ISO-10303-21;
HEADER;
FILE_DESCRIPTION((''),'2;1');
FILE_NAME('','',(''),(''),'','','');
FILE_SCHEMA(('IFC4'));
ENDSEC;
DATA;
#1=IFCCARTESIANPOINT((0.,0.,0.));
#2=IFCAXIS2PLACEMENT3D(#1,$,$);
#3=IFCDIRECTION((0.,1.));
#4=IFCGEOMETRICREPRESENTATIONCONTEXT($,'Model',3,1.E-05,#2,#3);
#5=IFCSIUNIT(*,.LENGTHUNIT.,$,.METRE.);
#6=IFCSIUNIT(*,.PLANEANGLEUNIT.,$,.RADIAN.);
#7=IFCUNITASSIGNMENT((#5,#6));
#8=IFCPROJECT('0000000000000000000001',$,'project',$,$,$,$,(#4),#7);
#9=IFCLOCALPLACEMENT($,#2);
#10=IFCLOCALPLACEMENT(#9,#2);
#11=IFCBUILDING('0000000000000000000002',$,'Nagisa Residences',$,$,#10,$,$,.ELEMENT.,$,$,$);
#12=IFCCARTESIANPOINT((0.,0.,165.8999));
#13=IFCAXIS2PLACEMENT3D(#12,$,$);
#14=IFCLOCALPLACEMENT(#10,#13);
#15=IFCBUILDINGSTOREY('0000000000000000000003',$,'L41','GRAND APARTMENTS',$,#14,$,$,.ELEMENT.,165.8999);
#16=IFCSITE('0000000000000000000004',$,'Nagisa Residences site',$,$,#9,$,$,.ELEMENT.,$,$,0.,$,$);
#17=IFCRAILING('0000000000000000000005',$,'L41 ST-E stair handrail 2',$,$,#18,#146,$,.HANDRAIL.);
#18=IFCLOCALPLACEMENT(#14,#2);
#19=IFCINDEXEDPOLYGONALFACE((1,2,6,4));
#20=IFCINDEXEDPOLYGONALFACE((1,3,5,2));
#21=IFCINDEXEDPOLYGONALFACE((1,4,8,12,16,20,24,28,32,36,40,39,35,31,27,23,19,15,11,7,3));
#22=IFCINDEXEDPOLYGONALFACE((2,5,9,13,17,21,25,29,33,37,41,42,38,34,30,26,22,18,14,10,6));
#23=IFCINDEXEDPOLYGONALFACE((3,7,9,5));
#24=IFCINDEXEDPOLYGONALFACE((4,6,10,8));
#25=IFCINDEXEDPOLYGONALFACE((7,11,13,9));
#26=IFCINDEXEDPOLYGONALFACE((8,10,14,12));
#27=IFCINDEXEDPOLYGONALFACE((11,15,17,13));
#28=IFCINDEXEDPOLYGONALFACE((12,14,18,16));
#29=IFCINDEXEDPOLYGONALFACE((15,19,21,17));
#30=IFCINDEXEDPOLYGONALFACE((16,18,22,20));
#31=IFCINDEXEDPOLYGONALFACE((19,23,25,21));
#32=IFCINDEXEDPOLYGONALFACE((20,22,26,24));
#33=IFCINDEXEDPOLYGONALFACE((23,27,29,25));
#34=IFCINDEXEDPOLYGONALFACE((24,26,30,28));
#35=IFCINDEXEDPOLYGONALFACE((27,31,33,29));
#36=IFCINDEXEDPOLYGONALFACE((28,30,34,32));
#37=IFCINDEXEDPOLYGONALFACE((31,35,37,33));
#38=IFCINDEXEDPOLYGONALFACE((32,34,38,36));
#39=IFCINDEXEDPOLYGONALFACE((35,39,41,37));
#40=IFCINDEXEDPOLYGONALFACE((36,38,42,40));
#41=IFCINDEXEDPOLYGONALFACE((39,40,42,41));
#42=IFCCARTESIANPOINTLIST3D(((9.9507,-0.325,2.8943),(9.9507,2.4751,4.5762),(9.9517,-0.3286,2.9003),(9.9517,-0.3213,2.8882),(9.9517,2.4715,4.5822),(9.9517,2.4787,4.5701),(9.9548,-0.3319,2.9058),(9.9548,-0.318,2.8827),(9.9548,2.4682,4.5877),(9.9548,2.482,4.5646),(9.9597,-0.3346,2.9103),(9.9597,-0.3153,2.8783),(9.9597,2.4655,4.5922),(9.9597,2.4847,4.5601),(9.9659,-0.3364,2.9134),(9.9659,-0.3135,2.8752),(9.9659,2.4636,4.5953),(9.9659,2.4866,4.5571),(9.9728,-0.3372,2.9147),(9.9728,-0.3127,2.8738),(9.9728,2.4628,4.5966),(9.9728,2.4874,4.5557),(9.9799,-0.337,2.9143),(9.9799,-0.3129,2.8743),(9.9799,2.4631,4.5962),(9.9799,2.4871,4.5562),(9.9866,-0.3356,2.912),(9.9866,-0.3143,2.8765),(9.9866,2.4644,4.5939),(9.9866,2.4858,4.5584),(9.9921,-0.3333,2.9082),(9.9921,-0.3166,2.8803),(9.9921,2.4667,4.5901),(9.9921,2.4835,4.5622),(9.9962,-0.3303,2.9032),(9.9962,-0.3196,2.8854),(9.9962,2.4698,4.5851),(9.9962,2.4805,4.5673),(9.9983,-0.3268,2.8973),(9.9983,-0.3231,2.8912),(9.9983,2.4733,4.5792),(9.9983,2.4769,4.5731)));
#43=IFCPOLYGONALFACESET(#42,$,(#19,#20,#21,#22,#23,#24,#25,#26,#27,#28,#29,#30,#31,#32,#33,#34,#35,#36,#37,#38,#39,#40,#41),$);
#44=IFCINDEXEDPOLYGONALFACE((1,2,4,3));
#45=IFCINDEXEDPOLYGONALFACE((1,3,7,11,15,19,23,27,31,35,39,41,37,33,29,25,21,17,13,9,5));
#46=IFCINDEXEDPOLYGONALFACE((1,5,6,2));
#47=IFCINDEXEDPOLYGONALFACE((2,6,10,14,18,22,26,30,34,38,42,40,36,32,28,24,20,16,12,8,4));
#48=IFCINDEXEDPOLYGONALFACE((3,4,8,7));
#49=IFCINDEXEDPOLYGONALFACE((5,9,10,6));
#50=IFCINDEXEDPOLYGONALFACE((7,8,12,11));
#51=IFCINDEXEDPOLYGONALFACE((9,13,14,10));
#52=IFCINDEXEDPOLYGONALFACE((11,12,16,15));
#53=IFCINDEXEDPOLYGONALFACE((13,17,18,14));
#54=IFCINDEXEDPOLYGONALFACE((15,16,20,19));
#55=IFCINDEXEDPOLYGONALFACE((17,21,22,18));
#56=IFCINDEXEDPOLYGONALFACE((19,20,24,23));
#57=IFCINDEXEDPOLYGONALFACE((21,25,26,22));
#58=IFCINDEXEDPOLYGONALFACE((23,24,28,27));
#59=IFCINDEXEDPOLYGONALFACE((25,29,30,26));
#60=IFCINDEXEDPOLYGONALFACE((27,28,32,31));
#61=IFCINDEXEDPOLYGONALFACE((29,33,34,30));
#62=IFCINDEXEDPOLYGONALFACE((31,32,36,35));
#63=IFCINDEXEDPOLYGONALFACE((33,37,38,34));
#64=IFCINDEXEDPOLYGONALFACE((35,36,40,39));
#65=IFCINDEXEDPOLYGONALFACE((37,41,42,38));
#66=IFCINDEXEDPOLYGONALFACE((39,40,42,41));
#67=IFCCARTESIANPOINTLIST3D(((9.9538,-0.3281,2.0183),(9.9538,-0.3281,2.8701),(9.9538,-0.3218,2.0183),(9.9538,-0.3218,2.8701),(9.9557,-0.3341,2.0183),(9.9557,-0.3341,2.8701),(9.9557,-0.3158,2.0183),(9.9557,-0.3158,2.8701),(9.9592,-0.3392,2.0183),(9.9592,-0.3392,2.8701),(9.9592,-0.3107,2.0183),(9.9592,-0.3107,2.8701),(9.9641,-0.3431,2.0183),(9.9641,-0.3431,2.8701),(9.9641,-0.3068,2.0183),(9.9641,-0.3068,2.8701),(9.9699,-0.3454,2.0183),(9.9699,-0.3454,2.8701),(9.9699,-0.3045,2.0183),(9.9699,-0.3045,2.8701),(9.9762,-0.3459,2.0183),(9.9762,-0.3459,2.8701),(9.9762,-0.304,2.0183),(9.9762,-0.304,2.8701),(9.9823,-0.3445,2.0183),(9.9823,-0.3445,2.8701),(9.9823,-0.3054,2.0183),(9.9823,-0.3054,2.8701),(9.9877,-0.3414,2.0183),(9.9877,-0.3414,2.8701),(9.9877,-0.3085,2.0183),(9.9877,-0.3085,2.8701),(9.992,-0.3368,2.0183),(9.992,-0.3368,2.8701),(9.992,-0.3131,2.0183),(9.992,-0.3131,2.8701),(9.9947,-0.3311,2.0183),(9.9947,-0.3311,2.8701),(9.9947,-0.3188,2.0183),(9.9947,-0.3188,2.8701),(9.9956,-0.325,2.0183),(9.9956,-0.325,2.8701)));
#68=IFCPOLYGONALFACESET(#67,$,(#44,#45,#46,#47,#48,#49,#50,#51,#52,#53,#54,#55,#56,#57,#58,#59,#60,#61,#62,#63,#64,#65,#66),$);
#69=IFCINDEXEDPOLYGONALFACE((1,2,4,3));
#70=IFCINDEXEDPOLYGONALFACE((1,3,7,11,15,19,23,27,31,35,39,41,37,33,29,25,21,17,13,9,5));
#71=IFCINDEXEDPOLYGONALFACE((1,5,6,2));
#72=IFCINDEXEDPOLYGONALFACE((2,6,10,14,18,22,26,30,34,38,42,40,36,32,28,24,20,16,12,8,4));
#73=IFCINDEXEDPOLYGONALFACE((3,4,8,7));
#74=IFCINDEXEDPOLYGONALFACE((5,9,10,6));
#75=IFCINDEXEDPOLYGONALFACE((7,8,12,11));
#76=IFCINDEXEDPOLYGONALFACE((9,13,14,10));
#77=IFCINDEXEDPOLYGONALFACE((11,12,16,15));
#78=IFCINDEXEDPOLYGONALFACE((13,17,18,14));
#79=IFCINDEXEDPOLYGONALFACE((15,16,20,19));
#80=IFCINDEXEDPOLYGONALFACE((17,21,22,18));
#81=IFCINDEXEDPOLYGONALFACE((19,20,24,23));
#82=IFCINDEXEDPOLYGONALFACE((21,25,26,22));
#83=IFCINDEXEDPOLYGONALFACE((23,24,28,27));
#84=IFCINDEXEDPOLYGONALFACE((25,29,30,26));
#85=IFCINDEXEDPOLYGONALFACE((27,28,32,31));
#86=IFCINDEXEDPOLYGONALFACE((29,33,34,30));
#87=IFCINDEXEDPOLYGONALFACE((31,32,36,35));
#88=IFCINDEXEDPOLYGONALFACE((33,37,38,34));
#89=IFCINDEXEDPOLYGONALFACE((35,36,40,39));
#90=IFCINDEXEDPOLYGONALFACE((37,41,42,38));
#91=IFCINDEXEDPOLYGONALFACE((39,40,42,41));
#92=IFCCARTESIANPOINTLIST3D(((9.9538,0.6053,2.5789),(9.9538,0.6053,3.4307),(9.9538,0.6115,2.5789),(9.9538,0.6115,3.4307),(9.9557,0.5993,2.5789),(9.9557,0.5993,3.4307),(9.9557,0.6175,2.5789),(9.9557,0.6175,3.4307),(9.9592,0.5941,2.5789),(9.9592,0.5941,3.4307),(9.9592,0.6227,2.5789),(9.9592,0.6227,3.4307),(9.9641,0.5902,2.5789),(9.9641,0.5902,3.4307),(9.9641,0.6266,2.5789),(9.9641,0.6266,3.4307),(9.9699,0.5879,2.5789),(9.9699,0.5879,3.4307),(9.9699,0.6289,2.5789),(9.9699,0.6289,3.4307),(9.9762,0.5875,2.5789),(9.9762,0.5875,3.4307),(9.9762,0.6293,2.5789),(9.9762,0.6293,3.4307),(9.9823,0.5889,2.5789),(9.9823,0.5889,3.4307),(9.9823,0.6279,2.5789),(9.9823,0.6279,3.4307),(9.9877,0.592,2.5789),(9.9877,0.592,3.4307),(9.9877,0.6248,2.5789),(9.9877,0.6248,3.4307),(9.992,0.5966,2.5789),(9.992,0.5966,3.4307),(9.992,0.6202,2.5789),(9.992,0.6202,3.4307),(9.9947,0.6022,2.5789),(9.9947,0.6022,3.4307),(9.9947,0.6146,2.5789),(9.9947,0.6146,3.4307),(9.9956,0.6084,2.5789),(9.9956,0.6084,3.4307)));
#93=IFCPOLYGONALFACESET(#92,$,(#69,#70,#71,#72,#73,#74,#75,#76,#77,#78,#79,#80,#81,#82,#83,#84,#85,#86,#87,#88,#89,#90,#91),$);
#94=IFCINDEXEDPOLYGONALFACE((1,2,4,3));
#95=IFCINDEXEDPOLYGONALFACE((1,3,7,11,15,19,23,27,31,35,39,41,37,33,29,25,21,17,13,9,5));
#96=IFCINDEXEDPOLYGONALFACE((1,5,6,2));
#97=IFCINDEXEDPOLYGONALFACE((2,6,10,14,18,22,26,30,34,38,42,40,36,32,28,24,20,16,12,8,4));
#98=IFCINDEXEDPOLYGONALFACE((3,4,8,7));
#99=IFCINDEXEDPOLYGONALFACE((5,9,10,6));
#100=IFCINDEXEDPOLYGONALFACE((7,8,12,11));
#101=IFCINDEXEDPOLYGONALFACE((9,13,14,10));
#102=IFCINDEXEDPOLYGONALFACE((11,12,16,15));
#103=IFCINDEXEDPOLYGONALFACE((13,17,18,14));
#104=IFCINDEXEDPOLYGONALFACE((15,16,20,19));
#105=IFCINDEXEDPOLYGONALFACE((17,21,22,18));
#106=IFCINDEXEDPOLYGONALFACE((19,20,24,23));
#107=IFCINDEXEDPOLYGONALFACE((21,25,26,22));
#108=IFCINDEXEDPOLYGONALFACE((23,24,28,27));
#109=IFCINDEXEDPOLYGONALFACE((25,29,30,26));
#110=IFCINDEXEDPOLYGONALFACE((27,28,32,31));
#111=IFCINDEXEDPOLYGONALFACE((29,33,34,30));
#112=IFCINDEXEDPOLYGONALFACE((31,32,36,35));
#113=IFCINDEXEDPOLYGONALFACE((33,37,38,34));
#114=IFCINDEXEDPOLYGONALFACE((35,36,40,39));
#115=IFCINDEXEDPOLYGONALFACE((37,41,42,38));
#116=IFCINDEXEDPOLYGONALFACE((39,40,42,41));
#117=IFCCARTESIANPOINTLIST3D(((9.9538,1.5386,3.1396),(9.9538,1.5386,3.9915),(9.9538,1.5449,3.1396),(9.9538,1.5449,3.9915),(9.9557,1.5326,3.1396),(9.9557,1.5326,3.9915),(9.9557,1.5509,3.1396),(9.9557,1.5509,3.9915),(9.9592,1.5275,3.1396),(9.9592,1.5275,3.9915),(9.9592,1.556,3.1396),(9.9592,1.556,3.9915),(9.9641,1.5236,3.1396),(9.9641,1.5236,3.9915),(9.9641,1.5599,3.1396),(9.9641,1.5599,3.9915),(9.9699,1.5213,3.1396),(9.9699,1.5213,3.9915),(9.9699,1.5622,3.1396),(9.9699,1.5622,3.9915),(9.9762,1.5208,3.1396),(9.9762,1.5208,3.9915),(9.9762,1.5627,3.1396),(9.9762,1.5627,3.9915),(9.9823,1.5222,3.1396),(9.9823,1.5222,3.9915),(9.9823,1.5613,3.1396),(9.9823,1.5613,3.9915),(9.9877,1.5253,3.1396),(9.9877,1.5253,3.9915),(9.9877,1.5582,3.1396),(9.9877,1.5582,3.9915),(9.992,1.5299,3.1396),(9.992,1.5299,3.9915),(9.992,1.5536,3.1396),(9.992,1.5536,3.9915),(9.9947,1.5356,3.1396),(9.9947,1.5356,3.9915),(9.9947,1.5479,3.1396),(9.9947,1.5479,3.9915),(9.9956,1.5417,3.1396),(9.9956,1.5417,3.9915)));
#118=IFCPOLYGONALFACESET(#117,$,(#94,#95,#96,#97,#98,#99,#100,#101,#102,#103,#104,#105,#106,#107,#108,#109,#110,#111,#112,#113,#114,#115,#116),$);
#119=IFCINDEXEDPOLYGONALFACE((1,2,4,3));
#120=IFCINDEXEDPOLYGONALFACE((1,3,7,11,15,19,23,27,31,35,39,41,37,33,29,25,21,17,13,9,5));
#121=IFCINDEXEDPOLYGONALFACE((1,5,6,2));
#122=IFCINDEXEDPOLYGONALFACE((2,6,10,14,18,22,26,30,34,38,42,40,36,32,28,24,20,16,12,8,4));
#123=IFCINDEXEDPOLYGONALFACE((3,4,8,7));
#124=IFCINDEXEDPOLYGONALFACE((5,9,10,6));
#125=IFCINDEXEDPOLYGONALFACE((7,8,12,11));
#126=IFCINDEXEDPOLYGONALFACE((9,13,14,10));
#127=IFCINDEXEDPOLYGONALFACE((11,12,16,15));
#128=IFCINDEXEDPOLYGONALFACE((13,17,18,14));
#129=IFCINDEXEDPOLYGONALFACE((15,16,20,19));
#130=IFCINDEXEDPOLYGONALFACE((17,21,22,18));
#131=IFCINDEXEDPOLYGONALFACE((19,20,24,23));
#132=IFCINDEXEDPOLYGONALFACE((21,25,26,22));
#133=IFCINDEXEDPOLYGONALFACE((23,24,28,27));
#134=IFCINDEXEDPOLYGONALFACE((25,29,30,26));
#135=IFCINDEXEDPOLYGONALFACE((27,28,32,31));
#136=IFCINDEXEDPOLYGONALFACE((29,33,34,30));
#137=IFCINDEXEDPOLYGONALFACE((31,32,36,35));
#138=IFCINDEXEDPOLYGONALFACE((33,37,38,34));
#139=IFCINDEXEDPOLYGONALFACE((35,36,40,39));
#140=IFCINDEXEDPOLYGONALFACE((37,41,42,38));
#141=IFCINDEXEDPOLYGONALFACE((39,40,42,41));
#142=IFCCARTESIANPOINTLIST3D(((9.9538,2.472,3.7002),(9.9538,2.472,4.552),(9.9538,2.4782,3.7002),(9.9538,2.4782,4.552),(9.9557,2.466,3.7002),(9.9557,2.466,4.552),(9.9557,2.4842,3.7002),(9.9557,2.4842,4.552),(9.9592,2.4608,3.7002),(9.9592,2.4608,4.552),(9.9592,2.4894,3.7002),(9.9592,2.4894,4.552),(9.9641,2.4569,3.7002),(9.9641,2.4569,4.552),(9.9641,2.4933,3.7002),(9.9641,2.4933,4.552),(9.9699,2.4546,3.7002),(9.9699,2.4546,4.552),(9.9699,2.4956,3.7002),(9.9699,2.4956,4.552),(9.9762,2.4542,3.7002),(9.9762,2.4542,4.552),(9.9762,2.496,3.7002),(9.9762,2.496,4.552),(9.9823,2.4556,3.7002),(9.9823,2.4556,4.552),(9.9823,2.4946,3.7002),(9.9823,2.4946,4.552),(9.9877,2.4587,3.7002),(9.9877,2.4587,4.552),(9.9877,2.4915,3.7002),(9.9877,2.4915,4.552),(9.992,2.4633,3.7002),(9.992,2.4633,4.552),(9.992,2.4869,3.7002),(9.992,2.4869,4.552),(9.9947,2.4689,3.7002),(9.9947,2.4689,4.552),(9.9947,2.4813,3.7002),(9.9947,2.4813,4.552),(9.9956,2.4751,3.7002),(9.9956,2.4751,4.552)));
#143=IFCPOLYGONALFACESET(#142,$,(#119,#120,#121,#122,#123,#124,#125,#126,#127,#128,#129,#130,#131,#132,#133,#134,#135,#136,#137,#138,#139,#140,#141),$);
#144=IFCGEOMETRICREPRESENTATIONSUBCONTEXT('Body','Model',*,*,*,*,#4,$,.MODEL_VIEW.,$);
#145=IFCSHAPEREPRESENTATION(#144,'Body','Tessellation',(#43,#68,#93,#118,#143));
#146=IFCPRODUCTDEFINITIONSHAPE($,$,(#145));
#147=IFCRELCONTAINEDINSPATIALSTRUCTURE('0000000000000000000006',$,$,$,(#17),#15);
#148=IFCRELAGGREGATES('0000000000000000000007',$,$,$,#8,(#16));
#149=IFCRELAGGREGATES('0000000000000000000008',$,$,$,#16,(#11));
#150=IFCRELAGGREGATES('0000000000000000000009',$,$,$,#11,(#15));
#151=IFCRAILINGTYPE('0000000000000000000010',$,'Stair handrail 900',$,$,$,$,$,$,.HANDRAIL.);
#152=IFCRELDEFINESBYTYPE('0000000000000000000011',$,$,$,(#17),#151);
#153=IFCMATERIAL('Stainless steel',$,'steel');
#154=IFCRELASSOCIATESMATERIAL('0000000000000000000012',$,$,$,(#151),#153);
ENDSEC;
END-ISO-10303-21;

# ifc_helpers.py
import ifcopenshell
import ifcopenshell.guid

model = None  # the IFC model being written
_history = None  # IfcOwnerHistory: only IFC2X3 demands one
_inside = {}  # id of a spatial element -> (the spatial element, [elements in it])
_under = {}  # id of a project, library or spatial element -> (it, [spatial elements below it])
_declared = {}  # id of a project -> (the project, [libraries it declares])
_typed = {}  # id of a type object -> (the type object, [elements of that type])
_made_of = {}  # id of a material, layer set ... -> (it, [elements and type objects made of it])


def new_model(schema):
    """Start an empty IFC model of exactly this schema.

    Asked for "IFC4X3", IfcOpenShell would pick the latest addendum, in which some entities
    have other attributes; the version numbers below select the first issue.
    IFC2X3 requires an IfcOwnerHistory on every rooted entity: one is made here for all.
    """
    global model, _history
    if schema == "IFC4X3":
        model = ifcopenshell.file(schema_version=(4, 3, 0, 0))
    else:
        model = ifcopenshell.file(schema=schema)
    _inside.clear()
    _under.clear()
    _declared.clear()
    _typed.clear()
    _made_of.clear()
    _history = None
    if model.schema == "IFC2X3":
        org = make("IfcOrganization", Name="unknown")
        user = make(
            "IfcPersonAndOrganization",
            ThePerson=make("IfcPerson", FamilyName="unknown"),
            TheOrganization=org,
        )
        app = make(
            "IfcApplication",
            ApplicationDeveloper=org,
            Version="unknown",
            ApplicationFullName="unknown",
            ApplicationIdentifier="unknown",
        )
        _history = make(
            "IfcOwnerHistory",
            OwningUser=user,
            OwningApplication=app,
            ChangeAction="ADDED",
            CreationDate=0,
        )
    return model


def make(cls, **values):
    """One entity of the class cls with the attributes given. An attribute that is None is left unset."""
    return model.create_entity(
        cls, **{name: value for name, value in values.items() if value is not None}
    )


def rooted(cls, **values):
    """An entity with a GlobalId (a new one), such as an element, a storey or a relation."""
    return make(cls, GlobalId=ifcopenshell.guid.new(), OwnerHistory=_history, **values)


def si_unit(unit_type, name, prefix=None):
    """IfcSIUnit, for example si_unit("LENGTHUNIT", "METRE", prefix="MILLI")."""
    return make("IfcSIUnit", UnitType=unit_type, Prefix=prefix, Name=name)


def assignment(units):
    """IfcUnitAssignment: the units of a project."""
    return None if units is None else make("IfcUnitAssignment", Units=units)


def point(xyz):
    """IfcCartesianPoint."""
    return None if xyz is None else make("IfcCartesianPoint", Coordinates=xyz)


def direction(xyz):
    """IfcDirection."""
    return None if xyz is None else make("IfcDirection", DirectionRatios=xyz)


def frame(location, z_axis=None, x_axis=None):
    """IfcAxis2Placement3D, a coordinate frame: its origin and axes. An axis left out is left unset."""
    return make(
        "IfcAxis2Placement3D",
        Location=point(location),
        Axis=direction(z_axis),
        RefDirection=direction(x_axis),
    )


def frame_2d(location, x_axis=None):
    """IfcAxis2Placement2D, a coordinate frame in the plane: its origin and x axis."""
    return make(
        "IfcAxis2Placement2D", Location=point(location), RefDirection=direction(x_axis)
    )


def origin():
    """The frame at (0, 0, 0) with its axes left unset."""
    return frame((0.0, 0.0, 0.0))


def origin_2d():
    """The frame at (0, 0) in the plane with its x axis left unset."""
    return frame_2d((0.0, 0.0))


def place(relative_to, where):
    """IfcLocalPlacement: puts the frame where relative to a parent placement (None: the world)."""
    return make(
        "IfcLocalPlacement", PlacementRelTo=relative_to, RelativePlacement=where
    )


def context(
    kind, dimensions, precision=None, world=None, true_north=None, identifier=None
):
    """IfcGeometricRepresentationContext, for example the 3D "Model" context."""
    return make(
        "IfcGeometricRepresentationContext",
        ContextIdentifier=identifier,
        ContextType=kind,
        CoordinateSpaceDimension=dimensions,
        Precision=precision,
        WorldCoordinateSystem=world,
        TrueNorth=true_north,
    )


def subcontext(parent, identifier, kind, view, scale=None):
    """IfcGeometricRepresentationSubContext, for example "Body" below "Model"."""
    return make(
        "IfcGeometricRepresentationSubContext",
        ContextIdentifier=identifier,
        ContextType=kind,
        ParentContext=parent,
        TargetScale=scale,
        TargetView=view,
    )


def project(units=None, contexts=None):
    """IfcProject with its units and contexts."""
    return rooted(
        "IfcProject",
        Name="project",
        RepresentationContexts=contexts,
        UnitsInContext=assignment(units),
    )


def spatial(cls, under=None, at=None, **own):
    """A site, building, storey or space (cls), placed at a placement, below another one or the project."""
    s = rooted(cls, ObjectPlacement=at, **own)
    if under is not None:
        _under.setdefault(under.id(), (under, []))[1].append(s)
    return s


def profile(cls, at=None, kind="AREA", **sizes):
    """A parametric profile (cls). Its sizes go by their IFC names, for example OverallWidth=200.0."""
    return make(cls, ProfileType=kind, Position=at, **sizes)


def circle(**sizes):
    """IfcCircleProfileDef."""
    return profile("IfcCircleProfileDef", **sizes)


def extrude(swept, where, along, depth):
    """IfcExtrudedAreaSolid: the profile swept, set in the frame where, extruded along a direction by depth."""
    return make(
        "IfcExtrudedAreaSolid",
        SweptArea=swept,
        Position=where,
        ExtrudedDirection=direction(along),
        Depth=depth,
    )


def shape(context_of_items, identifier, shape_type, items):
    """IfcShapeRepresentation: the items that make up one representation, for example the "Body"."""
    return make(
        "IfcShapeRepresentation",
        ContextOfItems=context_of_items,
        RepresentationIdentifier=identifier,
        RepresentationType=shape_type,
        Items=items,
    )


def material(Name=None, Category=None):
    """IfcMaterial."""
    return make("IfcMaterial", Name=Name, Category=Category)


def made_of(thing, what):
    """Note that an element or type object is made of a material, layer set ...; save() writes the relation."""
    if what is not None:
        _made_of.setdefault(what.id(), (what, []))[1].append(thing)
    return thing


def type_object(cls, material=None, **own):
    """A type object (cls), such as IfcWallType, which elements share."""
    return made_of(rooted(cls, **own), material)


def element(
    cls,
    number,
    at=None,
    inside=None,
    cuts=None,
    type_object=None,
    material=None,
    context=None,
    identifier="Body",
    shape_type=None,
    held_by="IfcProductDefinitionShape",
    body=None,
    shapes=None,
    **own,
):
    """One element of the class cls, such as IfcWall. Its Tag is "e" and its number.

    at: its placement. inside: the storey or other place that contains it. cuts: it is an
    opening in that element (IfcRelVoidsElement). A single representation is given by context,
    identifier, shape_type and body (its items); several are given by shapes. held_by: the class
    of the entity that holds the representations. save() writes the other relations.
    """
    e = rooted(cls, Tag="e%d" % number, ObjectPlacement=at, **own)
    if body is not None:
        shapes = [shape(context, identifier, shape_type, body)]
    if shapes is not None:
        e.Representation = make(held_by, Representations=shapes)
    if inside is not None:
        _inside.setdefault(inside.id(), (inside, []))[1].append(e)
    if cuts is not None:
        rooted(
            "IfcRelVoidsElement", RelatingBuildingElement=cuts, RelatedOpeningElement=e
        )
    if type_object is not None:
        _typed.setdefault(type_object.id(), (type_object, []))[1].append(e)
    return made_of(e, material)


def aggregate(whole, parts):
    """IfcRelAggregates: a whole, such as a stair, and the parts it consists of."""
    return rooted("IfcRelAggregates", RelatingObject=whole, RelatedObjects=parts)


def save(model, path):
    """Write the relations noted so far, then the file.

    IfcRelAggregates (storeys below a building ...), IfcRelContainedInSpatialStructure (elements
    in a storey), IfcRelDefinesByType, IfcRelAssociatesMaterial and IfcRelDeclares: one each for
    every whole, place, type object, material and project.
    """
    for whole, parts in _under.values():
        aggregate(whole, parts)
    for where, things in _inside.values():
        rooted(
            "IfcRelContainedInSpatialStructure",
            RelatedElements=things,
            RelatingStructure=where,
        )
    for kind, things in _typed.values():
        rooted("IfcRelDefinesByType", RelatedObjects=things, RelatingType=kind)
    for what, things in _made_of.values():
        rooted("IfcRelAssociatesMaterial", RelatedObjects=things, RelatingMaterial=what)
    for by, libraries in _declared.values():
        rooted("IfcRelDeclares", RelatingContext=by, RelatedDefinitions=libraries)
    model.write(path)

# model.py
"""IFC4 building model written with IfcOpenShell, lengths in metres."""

from ifc_helpers import new_model, si_unit, direction, frame, origin, origin_2d, place, context, subcontext, project, spatial, circle, extrude, material, type_object, element, save


model = new_model("IFC4")

# Units and contexts
model_context = context("Model", 3, precision=1e-05, world=origin(), true_north=direction((0.0, 1.0)))
body_context = subcontext(model_context, "Body", "Model", "MODEL_VIEW")
ifc_project = project(units=[si_unit("LENGTHUNIT", "METRE"), si_unit("PLANEANGLEUNIT", "RADIAN")], contexts=[model_context])

# Site, building, storey
site_placement = place(None, origin())
site = spatial("IfcSite", under=ifc_project, at=site_placement, Name="Nagisa Residences site", CompositionType="ELEMENT", RefElevation=0.0)
building_placement = place(site_placement, origin())
building = spatial("IfcBuilding", under=site, at=building_placement, Name="Nagisa Residences", CompositionType="ELEMENT")
storey_placement = place(building_placement, frame((0.0, 0.0, 165.8999)))
storey = spatial("IfcBuildingStorey", under=building, at=storey_placement, Name="L41", Description="GRAND APARTMENTS", CompositionType="ELEMENT", Elevation=165.8999)

# Railing
ifc_material_1 = material(Name="Stainless steel", Category="steel")
railing_type_1 = type_object("IfcRailingType", Name="Stair handrail 900", PredefinedType="HANDRAIL", material=ifc_material_1)
railing_1_placement = place(storey_placement, frame((9.9746, -0.325, 2.0183)))
element("IfcRailing", 1, at=railing_1_placement, inside=storey, type_object=railing_type_1, Name="L41 ST-E stair handrail 2", PredefinedType="HANDRAIL", context=body_context, shape_type="SweptSolid", body=[
    extrude(circle(Radius=0.0239, at=origin_2d()), frame((0.0, 0.0, 0.876), z_axis=(0.0, 0.857242, 0.514913), x_axis=(-1.0, 0.0, 0.0)), (0.0, 0.0, 1.0), 3.2664),
    extrude(circle(Radius=0.021, at=origin_2d()), origin(), (0.0, 0.0, 1.0), 0.8518),
    extrude(circle(Radius=0.021, at=origin_2d()), frame((0.0, 0.9333, 0.5605)), (0.0, 0.0, 1.0), 0.8518),
    extrude(circle(Radius=0.021, at=origin_2d()), frame((0.0, 1.8667, 1.1213)), (0.0, 0.0, 1.0), 0.8518),
    extrude(circle(Radius=0.021, at=origin_2d()), frame((0.0, 2.8, 1.6819)), (0.0, 0.0, 1.0), 0.8518),
])

save(model, "model.ifc")
